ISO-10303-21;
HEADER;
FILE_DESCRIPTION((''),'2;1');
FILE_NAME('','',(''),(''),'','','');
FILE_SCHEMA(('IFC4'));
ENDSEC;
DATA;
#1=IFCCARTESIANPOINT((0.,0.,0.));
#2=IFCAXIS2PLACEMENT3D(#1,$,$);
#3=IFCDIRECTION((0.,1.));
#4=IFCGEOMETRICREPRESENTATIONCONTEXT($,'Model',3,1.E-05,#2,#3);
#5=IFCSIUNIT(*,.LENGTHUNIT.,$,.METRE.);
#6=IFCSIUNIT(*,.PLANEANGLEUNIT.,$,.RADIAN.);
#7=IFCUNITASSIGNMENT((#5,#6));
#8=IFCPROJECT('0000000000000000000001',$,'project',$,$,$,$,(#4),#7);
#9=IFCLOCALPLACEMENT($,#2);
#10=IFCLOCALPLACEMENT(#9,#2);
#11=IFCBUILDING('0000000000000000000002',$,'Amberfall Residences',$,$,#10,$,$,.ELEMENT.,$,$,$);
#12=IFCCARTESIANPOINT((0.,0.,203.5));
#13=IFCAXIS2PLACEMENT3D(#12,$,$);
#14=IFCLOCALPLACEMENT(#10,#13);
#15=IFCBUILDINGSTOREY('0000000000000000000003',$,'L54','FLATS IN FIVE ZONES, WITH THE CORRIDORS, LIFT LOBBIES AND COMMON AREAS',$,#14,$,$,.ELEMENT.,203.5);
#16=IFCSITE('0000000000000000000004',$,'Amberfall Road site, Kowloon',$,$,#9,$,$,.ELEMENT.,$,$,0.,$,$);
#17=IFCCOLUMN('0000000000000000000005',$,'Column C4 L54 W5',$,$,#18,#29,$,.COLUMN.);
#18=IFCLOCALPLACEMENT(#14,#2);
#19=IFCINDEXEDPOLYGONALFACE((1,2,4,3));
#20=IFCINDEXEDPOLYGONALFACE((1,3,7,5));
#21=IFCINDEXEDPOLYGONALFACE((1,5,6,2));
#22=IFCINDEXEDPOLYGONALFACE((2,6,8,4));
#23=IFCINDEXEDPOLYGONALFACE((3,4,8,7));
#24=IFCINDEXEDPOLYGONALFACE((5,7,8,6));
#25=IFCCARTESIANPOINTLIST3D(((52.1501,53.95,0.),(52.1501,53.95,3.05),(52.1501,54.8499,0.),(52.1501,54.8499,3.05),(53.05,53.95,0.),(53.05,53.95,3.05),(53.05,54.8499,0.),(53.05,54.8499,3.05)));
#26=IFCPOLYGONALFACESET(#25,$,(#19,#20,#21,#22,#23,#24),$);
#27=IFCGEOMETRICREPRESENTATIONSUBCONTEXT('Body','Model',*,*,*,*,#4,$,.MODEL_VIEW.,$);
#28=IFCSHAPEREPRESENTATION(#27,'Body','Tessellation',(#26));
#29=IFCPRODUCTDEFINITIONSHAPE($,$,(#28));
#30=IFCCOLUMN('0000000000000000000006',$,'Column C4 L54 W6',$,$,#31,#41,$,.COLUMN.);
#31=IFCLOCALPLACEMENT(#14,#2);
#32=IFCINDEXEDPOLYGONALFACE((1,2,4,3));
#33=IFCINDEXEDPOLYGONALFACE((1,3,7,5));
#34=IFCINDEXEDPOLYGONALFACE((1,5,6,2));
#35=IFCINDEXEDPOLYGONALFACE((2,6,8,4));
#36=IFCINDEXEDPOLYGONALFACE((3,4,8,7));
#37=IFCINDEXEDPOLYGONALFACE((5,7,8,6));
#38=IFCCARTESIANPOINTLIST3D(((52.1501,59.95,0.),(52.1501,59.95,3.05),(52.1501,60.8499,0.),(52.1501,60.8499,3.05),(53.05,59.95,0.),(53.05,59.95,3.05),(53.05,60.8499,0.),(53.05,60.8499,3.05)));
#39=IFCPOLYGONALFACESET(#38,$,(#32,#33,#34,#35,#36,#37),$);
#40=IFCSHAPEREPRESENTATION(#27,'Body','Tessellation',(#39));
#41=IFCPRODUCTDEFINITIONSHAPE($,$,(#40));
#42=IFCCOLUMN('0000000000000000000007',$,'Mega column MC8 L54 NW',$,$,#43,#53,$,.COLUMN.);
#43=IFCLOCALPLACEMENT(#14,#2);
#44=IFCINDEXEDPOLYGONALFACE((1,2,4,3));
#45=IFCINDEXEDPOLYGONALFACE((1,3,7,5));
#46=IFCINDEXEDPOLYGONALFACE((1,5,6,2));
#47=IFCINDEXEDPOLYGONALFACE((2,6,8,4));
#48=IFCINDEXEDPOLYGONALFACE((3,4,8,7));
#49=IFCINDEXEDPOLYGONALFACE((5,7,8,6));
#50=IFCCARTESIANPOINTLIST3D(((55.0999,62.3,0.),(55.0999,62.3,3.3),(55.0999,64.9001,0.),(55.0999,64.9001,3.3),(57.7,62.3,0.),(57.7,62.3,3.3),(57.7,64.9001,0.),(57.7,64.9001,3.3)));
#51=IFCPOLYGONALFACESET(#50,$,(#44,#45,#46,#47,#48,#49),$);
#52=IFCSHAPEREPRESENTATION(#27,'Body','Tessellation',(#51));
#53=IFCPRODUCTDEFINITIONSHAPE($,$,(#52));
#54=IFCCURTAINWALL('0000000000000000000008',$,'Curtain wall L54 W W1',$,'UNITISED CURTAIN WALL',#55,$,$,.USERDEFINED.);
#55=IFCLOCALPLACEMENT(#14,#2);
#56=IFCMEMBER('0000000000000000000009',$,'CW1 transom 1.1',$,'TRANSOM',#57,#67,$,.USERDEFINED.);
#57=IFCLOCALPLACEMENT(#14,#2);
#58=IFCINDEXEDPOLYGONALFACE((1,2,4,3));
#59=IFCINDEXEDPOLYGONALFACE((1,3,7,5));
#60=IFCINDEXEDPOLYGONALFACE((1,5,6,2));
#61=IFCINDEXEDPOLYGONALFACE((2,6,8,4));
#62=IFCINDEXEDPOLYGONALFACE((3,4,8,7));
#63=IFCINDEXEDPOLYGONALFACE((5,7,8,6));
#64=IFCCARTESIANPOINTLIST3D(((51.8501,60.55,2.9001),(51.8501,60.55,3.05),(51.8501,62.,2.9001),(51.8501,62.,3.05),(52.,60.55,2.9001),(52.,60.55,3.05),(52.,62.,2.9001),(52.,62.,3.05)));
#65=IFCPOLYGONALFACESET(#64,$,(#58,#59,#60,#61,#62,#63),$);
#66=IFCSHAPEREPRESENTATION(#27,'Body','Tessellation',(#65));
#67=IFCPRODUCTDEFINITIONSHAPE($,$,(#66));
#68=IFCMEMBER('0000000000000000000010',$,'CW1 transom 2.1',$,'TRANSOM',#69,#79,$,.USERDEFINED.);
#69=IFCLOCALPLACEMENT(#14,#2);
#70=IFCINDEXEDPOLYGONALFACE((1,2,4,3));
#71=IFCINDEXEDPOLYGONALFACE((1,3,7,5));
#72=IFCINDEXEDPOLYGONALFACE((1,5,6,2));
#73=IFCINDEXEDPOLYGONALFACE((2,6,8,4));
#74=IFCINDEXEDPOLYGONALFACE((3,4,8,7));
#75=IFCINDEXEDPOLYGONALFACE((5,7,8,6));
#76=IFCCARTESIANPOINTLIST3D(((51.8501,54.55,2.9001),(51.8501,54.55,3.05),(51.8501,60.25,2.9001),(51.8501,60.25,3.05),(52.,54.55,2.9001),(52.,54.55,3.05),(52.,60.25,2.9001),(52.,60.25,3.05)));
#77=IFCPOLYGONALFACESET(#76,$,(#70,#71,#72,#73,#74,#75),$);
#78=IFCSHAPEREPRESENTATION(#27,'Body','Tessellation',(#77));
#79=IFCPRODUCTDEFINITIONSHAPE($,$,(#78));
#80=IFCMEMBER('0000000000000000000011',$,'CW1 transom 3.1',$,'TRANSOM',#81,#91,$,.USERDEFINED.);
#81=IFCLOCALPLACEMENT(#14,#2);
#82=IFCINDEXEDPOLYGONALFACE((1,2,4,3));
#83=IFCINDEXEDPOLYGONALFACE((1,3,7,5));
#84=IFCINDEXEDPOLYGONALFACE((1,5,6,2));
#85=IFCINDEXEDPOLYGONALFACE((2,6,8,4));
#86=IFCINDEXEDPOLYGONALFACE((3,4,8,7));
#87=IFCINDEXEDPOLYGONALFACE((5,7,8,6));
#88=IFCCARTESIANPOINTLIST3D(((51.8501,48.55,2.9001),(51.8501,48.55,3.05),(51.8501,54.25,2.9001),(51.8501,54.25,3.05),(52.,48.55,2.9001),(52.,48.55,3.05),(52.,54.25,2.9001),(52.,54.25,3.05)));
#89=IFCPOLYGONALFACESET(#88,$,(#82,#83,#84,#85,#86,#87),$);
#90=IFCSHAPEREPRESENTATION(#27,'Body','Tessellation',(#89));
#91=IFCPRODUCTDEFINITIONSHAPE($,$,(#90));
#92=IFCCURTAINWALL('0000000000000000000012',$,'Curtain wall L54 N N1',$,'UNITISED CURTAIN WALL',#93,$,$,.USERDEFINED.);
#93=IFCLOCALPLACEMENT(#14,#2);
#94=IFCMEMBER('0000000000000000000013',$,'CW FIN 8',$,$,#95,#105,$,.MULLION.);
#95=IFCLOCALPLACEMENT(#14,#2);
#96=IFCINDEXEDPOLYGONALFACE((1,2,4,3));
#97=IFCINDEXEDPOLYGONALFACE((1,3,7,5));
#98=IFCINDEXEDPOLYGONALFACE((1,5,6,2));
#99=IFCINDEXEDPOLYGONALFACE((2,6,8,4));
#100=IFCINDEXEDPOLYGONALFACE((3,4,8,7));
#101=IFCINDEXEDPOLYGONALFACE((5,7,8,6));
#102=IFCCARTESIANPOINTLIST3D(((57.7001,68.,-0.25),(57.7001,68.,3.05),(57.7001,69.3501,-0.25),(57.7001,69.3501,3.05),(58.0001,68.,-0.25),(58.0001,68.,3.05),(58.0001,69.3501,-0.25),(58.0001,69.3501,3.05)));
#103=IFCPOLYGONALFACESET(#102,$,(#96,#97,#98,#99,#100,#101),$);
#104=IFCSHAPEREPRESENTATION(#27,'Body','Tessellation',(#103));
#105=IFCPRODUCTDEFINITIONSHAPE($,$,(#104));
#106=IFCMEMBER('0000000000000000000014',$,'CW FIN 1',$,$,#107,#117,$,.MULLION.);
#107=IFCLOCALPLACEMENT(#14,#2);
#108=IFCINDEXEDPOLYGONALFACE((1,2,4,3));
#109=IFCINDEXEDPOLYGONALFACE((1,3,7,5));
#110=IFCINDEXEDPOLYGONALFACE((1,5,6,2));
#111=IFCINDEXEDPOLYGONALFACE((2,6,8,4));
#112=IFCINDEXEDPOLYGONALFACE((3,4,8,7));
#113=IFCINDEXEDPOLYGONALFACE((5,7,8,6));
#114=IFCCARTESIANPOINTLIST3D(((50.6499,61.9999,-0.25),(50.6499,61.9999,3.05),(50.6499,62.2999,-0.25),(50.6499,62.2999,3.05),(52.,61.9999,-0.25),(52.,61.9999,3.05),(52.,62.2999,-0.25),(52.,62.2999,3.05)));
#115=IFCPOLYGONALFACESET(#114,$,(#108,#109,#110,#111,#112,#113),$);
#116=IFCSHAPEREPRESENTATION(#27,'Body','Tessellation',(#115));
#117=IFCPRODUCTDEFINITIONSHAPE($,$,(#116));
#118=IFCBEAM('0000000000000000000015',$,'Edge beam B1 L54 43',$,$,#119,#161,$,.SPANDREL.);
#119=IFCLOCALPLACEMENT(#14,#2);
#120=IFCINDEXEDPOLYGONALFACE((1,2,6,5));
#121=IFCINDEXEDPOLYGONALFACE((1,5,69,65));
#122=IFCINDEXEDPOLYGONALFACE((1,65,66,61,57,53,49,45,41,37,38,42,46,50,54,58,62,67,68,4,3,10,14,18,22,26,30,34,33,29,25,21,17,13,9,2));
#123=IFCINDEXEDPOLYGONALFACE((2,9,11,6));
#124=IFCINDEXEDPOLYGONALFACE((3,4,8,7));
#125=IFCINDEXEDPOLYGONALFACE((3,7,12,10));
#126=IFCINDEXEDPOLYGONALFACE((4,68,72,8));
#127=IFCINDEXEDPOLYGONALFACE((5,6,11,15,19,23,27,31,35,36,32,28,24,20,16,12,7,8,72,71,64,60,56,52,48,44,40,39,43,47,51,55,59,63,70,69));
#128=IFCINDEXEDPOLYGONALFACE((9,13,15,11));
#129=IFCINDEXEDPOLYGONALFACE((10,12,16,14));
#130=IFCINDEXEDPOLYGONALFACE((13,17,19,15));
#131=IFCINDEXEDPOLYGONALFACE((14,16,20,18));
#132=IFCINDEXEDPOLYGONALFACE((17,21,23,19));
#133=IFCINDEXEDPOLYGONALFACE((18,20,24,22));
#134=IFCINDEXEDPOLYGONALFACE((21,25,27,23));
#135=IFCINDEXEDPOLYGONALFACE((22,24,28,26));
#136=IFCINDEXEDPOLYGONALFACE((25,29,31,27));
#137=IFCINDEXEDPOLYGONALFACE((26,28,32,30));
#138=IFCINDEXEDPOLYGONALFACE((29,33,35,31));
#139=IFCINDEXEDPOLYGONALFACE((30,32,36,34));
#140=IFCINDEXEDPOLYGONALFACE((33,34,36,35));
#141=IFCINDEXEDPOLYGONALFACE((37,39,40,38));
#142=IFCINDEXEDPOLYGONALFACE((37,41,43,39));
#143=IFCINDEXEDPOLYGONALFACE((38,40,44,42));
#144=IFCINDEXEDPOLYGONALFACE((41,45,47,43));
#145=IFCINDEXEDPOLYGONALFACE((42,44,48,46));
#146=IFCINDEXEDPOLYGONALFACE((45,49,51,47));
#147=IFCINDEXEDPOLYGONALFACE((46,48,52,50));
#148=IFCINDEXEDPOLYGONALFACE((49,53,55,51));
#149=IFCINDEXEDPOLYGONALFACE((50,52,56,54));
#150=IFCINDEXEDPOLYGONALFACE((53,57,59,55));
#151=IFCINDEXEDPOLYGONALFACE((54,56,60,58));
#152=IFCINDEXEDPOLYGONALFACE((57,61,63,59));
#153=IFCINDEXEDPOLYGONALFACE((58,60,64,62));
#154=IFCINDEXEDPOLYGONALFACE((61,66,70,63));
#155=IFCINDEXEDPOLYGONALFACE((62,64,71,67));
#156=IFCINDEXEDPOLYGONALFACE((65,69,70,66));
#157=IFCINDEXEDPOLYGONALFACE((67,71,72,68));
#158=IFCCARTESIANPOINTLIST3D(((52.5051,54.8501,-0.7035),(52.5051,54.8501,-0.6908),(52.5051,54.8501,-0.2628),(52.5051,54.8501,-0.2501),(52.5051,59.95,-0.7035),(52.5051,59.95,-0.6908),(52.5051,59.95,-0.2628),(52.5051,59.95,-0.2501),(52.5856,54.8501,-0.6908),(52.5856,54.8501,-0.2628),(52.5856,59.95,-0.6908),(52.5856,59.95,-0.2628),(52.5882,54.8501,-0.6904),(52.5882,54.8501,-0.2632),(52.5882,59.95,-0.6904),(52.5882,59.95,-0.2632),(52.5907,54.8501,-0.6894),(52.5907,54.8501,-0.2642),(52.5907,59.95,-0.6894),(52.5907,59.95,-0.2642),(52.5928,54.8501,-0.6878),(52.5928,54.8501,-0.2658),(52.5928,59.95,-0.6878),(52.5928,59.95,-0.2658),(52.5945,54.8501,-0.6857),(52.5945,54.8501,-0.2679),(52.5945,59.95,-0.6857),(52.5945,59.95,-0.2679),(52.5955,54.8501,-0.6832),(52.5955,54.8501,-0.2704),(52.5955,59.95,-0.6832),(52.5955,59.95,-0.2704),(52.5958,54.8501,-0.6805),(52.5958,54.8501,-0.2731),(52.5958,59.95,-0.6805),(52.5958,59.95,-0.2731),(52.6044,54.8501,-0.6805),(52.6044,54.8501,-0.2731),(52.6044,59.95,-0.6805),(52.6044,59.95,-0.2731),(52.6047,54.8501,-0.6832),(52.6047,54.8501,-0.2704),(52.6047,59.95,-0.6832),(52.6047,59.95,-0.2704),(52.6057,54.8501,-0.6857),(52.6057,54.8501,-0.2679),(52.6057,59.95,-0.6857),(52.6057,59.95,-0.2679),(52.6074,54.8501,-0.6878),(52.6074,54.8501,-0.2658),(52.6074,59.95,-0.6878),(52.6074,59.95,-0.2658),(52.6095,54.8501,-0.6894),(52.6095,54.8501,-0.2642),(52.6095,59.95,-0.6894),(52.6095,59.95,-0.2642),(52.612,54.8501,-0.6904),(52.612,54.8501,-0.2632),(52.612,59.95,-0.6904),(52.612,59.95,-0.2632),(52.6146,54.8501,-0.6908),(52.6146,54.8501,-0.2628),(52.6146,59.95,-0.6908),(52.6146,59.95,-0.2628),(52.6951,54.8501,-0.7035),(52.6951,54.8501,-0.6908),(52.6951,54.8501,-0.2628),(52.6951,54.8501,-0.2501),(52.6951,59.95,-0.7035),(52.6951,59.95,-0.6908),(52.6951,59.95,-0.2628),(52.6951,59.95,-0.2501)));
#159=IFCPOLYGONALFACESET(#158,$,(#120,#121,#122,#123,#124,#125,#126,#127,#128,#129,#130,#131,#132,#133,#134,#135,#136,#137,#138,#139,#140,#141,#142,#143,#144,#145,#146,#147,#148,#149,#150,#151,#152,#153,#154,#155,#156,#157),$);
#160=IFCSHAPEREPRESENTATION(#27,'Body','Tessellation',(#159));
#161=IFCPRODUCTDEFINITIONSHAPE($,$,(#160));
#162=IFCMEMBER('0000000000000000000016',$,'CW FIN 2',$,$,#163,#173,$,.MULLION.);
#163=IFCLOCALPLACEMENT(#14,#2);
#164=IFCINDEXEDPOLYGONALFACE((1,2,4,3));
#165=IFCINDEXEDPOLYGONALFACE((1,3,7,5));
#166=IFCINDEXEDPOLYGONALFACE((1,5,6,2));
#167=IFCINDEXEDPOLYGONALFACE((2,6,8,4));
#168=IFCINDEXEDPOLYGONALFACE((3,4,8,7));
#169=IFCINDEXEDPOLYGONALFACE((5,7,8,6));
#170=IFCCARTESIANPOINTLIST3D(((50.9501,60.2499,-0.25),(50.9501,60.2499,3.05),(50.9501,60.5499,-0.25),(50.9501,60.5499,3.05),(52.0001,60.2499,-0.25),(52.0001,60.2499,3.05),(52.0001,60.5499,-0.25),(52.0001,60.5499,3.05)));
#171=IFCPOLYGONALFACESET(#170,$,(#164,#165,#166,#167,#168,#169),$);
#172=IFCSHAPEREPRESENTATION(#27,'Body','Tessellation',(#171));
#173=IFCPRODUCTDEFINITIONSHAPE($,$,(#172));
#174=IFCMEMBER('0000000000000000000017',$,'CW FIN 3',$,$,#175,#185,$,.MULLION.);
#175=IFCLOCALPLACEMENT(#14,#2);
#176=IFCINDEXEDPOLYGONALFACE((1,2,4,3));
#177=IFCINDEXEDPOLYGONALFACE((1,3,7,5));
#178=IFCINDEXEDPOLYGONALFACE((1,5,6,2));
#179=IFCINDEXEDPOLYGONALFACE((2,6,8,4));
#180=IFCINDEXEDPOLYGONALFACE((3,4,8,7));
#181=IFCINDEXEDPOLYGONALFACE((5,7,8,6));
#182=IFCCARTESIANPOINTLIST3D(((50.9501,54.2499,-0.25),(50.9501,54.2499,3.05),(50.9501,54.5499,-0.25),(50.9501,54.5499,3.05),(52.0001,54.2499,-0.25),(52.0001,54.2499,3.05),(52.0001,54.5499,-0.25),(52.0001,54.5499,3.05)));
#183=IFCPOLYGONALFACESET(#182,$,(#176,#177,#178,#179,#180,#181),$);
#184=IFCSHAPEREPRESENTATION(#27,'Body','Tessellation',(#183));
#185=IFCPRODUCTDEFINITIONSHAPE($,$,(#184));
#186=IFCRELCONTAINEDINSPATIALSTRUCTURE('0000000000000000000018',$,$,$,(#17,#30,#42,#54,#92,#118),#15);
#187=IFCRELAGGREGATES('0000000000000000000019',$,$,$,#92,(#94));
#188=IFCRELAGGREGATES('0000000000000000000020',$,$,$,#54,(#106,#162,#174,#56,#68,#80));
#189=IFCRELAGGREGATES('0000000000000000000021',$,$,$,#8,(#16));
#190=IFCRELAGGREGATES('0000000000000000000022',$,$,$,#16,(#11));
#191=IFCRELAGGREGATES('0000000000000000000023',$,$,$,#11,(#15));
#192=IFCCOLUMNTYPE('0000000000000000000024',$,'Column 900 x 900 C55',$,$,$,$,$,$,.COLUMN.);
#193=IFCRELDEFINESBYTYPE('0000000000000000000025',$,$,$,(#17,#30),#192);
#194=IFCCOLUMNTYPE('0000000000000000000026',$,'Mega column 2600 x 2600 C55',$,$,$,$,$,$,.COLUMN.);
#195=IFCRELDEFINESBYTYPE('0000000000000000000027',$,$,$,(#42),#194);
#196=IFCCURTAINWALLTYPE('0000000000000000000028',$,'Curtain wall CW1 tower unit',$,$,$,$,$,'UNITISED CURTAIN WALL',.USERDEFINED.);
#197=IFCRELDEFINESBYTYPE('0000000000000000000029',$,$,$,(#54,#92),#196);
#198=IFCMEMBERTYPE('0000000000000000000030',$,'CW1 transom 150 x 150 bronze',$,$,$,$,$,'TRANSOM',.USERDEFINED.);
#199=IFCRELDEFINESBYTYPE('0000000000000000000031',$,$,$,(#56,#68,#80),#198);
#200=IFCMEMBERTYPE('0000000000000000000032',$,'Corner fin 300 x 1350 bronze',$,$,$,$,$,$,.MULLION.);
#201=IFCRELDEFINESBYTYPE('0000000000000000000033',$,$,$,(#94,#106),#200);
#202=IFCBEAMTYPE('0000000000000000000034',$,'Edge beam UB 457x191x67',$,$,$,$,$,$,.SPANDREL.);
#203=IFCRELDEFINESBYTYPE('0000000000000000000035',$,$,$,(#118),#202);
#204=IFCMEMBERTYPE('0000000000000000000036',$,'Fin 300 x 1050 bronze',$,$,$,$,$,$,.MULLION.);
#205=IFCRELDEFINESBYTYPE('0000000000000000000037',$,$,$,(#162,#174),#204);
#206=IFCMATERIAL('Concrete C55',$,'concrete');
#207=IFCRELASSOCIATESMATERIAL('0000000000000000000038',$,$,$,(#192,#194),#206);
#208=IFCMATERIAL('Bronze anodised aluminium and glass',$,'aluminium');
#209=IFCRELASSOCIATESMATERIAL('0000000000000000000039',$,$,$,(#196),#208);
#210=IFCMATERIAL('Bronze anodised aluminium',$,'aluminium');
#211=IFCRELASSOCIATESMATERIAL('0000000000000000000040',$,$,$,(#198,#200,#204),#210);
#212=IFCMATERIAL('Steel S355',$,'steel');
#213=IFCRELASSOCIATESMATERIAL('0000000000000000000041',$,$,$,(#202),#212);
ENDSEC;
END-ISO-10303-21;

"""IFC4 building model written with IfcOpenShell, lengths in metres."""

from ifc_helpers import new_model, si_unit, direction, frame, origin, origin_2d, place, context, subcontext, project, spatial, rectangle, i_section, extrude, material, material_profile, profile_set, type_object, element, aggregate, save


model = new_model("IFC4")

# Units and contexts
model_context = context("Model", 3, precision=1e-05, world=origin(), true_north=direction((0.0, 1.0)))
body_context = subcontext(model_context, "Body", "Model", "MODEL_VIEW")
ifc_project = project(units=[si_unit("LENGTHUNIT", "METRE"), si_unit("PLANEANGLEUNIT", "RADIAN")], contexts=[model_context])

# Site, building, storey
site_placement = place(None, origin())
site = spatial("IfcSite", under=ifc_project, at=site_placement, Name="Amberfall Road site, Kowloon", CompositionType="ELEMENT", RefElevation=0.0)
building_placement = place(site_placement, origin())
building = spatial("IfcBuilding", under=site, at=building_placement, Name="Amberfall Residences", CompositionType="ELEMENT")
storey_placement = place(building_placement, frame((0.0, 0.0, 203.5)))
storey = spatial("IfcBuildingStorey", under=building, at=storey_placement, Name="L54", Description="FLATS IN FIVE ZONES, WITH THE CORRIDORS, LIFT LOBBIES AND COMMON AREAS", CompositionType="ELEMENT", Elevation=203.5)

# Columns
ifc_material_1 = material(Name="Concrete C55", Category="concrete")
ifc_material_profile_1 = material_profile(ifc_material_1, rectangle(XDim=0.8999, YDim=0.8999, at=origin_2d()), Name="Column 900 x 900 C55")
ifc_profile_set_1 = profile_set([ifc_material_profile_1], Name="Concrete C55")
column_type_1 = type_object("IfcColumnType", Name="Column 900 x 900 C55", PredefinedType="COLUMN", material=ifc_profile_set_1)
for number, where, z_axis, x_axis, name in (
    (1, (52.6001, 54.3999, 0.0), (0.0, 0.0, 1.0), (1.0, 0.0, 0.0), "Column C4 L54 W5"),
    (2, (52.6001, 60.3999, 0.0), (0.0, 0.0, 1.0), (1.0, 0.0, 0.0), "Column C4 L54 W6"),
):
    element("IfcColumn", number, at=place(storey_placement, frame(where, z_axis=z_axis, x_axis=x_axis)), inside=storey, type_object=column_type_1, Name=name, PredefinedType="COLUMN", context=body_context, shape_type="SweptSolid", body=[
        extrude(rectangle(XDim=0.8999, YDim=0.8999, at=origin_2d()), origin(), (0.0, 0.0, 1.0), 3.05),
    ])
ifc_material_profile_2 = material_profile(ifc_material_1, rectangle(XDim=2.6001, YDim=2.6001, at=origin_2d()), Name="Mega column 2600 x 2600 C55")
ifc_profile_set_2 = profile_set([ifc_material_profile_2], Name="Concrete C55")
column_type_2 = type_object("IfcColumnType", Name="Mega column 2600 x 2600 C55", PredefinedType="COLUMN", material=ifc_profile_set_2)
column_placement = place(storey_placement, frame((56.3999, 63.6001, 0.0), z_axis=(0.0, 0.0, 1.0), x_axis=(1.0, 0.0, 0.0)))
element("IfcColumn", 3, at=column_placement, inside=storey, type_object=column_type_2, Name="Mega column MC8 L54 NW", PredefinedType="COLUMN", context=body_context, shape_type="SweptSolid", body=[
    extrude(rectangle(XDim=2.6001, YDim=2.6001, at=origin_2d()), origin(), (0.0, 0.0, 1.0), 3.3),
])

# Curtain wall, members
ifc_material_2 = material(Name="Bronze anodised aluminium and glass", Category="aluminium")
curtain_wall_type = type_object("IfcCurtainWallType", Name="Curtain wall CW1 tower unit", ElementType="UNITISED CURTAIN WALL", PredefinedType="USERDEFINED", material=ifc_material_2)
curtain_wall_1_placement = place(storey_placement, origin())
curtain_wall_1 = element("IfcCurtainWall", 4, at=curtain_wall_1_placement, inside=storey, type_object=curtain_wall_type, Name="Curtain wall L54 W W1", ObjectType="UNITISED CURTAIN WALL", PredefinedType="USERDEFINED")
ifc_material_3 = material(Name="Bronze anodised aluminium", Category="aluminium")
ifc_material_profile_3 = material_profile(ifc_material_3, rectangle(XDim=0.1499, YDim=0.1499, at=origin_2d()), Name="CW1 transom 150 x 150 bronze")
ifc_profile_set_3 = profile_set([ifc_material_profile_3], Name="Bronze anodised aluminium")
member_type_1 = type_object("IfcMemberType", Name="CW1 transom 150 x 150 bronze", ElementType="TRANSOM", PredefinedType="USERDEFINED", material=ifc_profile_set_3)
member_1_placement = place(storey_placement, frame((51.925, 62.0, 2.9751), z_axis=(0.0, -1.0, 0.0), x_axis=(1.0, 0.0, 0.0)))
member_1 = element("IfcMember", 5, at=member_1_placement, type_object=member_type_1, Name="CW1 transom 1.1", ObjectType="TRANSOM", PredefinedType="USERDEFINED", context=body_context, shape_type="SweptSolid", body=[
    extrude(rectangle(XDim=0.1499, YDim=0.1499, at=origin_2d()), origin(), (0.0, 0.0, 1.0), 1.45),
])
member_2_placement = place(storey_placement, frame((51.925, 60.25, 2.9751), z_axis=(0.0, -1.0, 0.0), x_axis=(1.0, 0.0, 0.0)))
member_2 = element("IfcMember", 6, at=member_2_placement, type_object=member_type_1, Name="CW1 transom 2.1", ObjectType="TRANSOM", PredefinedType="USERDEFINED", context=body_context, shape_type="SweptSolid", body=[
    extrude(rectangle(XDim=0.1499, YDim=0.1499, at=origin_2d()), origin(), (0.0, 0.0, 1.0), 5.7),
])
member_3_placement = place(storey_placement, frame((51.925, 54.25, 2.9751), z_axis=(0.0, -1.0, 0.0), x_axis=(1.0, 0.0, 0.0)))
member_3 = element("IfcMember", 7, at=member_3_placement, type_object=member_type_1, Name="CW1 transom 3.1", ObjectType="TRANSOM", PredefinedType="USERDEFINED", context=body_context, shape_type="SweptSolid", body=[
    extrude(rectangle(XDim=0.1499, YDim=0.1499, at=origin_2d()), origin(), (0.0, 0.0, 1.0), 5.7),
])

# Curtain wall, member
curtain_wall_2_placement = place(storey_placement, origin())
curtain_wall_2 = element("IfcCurtainWall", 8, at=curtain_wall_2_placement, inside=storey, type_object=curtain_wall_type, Name="Curtain wall L54 N N1", ObjectType="UNITISED CURTAIN WALL", PredefinedType="USERDEFINED")
ifc_material_profile_4 = material_profile(ifc_material_3, rectangle(XDim=1.3501, YDim=0.3, at=origin_2d()), Name="Corner fin 300 x 1350 bronze")
ifc_profile_set_4 = profile_set([ifc_material_profile_4], Name="Bronze anodised aluminium")
member_type_2 = type_object("IfcMemberType", Name="Corner fin 300 x 1350 bronze", PredefinedType="MULLION", material=ifc_profile_set_4)
member_4_placement = place(storey_placement, frame((57.8501, 68.675, -0.25), z_axis=(0.0, 0.0, 1.0), x_axis=(0.0, -1.0, 0.0)))
member_4 = element("IfcMember", 9, at=member_4_placement, type_object=member_type_2, Name="CW FIN 8", PredefinedType="MULLION", context=body_context, shape_type="SweptSolid", body=[
    extrude(rectangle(XDim=1.3501, YDim=0.3, at=origin_2d()), origin(), (0.0, 0.0, 1.0), 3.3),
])

# Member
member_5_placement = place(storey_placement, frame((51.325, 62.1499, -0.25), z_axis=(0.0, 0.0, 1.0), x_axis=(1.0, 0.0, 0.0)))
member_5 = element("IfcMember", 10, at=member_5_placement, type_object=member_type_2, Name="CW FIN 1", PredefinedType="MULLION", context=body_context, shape_type="SweptSolid", body=[
    extrude(rectangle(XDim=1.3501, YDim=0.3, at=origin_2d()), origin(), (0.0, 0.0, 1.0), 3.3),
])

# Beam
ifc_material_4 = material(Name="Steel S355", Category="steel")
ifc_material_profile_5 = material_profile(ifc_material_4, i_section(OverallWidth=0.1899, OverallDepth=0.4534, WebThickness=0.0085, FlangeThickness=0.0127, FilletRadius=0.0103, at=origin_2d()), Name="UB 457x191x67")
ifc_profile_set_5 = profile_set([ifc_material_profile_5], Name="Steel S355")
beam_type_1 = type_object("IfcBeamType", Name="Edge beam UB 457x191x67", PredefinedType="SPANDREL", material=ifc_profile_set_5)
beam_1_placement = place(storey_placement, frame((52.6001, 54.8501, -0.4768), z_axis=(0.0, 1.0, 0.0), x_axis=(-1.0, 0.0, 0.0)))
element("IfcBeam", 11, at=beam_1_placement, inside=storey, type_object=beam_type_1, Name="Edge beam B1 L54 43", PredefinedType="SPANDREL", context=body_context, shape_type="SweptSolid", body=[
    extrude(i_section(OverallWidth=0.1899, OverallDepth=0.4534, WebThickness=0.0085, FlangeThickness=0.0127, FilletRadius=0.0103, at=origin_2d()), origin(), (0.0, 0.0, 1.0), 5.0999),
])

# Members
ifc_material_profile_6 = material_profile(ifc_material_3, rectangle(XDim=1.05, YDim=0.3, at=origin_2d()), Name="Fin 300 x 1050 bronze")
ifc_profile_set_6 = profile_set([ifc_material_profile_6], Name="Bronze anodised aluminium")
member_type_3 = type_object("IfcMemberType", Name="Fin 300 x 1050 bronze", PredefinedType="MULLION", material=ifc_profile_set_6)
member_6_placement = place(storey_placement, frame((51.4751, 60.3999, -0.25), z_axis=(0.0, 0.0, 1.0), x_axis=(1.0, 0.0, 0.0)))
member_6 = element("IfcMember", 12, at=member_6_placement, type_object=member_type_3, Name="CW FIN 2", PredefinedType="MULLION", context=body_context, shape_type="SweptSolid", body=[
    extrude(rectangle(XDim=1.05, YDim=0.3, at=origin_2d()), origin(), (0.0, 0.0, 1.0), 3.3),
])
member_7_placement = place(storey_placement, frame((51.4751, 54.3999, -0.25), z_axis=(0.0, 0.0, 1.0), x_axis=(1.0, 0.0, 0.0)))
member_7 = element("IfcMember", 13, at=member_7_placement, type_object=member_type_3, Name="CW FIN 3", PredefinedType="MULLION", context=body_context, shape_type="SweptSolid", body=[
    extrude(rectangle(XDim=1.05, YDim=0.3, at=origin_2d()), origin(), (0.0, 0.0, 1.0), 3.3),
])

aggregate(curtain_wall_2, [member_4])
aggregate(curtain_wall_1, [member_5, member_6, member_7, member_1, member_2, member_3])

save(model, "model.ifc")
